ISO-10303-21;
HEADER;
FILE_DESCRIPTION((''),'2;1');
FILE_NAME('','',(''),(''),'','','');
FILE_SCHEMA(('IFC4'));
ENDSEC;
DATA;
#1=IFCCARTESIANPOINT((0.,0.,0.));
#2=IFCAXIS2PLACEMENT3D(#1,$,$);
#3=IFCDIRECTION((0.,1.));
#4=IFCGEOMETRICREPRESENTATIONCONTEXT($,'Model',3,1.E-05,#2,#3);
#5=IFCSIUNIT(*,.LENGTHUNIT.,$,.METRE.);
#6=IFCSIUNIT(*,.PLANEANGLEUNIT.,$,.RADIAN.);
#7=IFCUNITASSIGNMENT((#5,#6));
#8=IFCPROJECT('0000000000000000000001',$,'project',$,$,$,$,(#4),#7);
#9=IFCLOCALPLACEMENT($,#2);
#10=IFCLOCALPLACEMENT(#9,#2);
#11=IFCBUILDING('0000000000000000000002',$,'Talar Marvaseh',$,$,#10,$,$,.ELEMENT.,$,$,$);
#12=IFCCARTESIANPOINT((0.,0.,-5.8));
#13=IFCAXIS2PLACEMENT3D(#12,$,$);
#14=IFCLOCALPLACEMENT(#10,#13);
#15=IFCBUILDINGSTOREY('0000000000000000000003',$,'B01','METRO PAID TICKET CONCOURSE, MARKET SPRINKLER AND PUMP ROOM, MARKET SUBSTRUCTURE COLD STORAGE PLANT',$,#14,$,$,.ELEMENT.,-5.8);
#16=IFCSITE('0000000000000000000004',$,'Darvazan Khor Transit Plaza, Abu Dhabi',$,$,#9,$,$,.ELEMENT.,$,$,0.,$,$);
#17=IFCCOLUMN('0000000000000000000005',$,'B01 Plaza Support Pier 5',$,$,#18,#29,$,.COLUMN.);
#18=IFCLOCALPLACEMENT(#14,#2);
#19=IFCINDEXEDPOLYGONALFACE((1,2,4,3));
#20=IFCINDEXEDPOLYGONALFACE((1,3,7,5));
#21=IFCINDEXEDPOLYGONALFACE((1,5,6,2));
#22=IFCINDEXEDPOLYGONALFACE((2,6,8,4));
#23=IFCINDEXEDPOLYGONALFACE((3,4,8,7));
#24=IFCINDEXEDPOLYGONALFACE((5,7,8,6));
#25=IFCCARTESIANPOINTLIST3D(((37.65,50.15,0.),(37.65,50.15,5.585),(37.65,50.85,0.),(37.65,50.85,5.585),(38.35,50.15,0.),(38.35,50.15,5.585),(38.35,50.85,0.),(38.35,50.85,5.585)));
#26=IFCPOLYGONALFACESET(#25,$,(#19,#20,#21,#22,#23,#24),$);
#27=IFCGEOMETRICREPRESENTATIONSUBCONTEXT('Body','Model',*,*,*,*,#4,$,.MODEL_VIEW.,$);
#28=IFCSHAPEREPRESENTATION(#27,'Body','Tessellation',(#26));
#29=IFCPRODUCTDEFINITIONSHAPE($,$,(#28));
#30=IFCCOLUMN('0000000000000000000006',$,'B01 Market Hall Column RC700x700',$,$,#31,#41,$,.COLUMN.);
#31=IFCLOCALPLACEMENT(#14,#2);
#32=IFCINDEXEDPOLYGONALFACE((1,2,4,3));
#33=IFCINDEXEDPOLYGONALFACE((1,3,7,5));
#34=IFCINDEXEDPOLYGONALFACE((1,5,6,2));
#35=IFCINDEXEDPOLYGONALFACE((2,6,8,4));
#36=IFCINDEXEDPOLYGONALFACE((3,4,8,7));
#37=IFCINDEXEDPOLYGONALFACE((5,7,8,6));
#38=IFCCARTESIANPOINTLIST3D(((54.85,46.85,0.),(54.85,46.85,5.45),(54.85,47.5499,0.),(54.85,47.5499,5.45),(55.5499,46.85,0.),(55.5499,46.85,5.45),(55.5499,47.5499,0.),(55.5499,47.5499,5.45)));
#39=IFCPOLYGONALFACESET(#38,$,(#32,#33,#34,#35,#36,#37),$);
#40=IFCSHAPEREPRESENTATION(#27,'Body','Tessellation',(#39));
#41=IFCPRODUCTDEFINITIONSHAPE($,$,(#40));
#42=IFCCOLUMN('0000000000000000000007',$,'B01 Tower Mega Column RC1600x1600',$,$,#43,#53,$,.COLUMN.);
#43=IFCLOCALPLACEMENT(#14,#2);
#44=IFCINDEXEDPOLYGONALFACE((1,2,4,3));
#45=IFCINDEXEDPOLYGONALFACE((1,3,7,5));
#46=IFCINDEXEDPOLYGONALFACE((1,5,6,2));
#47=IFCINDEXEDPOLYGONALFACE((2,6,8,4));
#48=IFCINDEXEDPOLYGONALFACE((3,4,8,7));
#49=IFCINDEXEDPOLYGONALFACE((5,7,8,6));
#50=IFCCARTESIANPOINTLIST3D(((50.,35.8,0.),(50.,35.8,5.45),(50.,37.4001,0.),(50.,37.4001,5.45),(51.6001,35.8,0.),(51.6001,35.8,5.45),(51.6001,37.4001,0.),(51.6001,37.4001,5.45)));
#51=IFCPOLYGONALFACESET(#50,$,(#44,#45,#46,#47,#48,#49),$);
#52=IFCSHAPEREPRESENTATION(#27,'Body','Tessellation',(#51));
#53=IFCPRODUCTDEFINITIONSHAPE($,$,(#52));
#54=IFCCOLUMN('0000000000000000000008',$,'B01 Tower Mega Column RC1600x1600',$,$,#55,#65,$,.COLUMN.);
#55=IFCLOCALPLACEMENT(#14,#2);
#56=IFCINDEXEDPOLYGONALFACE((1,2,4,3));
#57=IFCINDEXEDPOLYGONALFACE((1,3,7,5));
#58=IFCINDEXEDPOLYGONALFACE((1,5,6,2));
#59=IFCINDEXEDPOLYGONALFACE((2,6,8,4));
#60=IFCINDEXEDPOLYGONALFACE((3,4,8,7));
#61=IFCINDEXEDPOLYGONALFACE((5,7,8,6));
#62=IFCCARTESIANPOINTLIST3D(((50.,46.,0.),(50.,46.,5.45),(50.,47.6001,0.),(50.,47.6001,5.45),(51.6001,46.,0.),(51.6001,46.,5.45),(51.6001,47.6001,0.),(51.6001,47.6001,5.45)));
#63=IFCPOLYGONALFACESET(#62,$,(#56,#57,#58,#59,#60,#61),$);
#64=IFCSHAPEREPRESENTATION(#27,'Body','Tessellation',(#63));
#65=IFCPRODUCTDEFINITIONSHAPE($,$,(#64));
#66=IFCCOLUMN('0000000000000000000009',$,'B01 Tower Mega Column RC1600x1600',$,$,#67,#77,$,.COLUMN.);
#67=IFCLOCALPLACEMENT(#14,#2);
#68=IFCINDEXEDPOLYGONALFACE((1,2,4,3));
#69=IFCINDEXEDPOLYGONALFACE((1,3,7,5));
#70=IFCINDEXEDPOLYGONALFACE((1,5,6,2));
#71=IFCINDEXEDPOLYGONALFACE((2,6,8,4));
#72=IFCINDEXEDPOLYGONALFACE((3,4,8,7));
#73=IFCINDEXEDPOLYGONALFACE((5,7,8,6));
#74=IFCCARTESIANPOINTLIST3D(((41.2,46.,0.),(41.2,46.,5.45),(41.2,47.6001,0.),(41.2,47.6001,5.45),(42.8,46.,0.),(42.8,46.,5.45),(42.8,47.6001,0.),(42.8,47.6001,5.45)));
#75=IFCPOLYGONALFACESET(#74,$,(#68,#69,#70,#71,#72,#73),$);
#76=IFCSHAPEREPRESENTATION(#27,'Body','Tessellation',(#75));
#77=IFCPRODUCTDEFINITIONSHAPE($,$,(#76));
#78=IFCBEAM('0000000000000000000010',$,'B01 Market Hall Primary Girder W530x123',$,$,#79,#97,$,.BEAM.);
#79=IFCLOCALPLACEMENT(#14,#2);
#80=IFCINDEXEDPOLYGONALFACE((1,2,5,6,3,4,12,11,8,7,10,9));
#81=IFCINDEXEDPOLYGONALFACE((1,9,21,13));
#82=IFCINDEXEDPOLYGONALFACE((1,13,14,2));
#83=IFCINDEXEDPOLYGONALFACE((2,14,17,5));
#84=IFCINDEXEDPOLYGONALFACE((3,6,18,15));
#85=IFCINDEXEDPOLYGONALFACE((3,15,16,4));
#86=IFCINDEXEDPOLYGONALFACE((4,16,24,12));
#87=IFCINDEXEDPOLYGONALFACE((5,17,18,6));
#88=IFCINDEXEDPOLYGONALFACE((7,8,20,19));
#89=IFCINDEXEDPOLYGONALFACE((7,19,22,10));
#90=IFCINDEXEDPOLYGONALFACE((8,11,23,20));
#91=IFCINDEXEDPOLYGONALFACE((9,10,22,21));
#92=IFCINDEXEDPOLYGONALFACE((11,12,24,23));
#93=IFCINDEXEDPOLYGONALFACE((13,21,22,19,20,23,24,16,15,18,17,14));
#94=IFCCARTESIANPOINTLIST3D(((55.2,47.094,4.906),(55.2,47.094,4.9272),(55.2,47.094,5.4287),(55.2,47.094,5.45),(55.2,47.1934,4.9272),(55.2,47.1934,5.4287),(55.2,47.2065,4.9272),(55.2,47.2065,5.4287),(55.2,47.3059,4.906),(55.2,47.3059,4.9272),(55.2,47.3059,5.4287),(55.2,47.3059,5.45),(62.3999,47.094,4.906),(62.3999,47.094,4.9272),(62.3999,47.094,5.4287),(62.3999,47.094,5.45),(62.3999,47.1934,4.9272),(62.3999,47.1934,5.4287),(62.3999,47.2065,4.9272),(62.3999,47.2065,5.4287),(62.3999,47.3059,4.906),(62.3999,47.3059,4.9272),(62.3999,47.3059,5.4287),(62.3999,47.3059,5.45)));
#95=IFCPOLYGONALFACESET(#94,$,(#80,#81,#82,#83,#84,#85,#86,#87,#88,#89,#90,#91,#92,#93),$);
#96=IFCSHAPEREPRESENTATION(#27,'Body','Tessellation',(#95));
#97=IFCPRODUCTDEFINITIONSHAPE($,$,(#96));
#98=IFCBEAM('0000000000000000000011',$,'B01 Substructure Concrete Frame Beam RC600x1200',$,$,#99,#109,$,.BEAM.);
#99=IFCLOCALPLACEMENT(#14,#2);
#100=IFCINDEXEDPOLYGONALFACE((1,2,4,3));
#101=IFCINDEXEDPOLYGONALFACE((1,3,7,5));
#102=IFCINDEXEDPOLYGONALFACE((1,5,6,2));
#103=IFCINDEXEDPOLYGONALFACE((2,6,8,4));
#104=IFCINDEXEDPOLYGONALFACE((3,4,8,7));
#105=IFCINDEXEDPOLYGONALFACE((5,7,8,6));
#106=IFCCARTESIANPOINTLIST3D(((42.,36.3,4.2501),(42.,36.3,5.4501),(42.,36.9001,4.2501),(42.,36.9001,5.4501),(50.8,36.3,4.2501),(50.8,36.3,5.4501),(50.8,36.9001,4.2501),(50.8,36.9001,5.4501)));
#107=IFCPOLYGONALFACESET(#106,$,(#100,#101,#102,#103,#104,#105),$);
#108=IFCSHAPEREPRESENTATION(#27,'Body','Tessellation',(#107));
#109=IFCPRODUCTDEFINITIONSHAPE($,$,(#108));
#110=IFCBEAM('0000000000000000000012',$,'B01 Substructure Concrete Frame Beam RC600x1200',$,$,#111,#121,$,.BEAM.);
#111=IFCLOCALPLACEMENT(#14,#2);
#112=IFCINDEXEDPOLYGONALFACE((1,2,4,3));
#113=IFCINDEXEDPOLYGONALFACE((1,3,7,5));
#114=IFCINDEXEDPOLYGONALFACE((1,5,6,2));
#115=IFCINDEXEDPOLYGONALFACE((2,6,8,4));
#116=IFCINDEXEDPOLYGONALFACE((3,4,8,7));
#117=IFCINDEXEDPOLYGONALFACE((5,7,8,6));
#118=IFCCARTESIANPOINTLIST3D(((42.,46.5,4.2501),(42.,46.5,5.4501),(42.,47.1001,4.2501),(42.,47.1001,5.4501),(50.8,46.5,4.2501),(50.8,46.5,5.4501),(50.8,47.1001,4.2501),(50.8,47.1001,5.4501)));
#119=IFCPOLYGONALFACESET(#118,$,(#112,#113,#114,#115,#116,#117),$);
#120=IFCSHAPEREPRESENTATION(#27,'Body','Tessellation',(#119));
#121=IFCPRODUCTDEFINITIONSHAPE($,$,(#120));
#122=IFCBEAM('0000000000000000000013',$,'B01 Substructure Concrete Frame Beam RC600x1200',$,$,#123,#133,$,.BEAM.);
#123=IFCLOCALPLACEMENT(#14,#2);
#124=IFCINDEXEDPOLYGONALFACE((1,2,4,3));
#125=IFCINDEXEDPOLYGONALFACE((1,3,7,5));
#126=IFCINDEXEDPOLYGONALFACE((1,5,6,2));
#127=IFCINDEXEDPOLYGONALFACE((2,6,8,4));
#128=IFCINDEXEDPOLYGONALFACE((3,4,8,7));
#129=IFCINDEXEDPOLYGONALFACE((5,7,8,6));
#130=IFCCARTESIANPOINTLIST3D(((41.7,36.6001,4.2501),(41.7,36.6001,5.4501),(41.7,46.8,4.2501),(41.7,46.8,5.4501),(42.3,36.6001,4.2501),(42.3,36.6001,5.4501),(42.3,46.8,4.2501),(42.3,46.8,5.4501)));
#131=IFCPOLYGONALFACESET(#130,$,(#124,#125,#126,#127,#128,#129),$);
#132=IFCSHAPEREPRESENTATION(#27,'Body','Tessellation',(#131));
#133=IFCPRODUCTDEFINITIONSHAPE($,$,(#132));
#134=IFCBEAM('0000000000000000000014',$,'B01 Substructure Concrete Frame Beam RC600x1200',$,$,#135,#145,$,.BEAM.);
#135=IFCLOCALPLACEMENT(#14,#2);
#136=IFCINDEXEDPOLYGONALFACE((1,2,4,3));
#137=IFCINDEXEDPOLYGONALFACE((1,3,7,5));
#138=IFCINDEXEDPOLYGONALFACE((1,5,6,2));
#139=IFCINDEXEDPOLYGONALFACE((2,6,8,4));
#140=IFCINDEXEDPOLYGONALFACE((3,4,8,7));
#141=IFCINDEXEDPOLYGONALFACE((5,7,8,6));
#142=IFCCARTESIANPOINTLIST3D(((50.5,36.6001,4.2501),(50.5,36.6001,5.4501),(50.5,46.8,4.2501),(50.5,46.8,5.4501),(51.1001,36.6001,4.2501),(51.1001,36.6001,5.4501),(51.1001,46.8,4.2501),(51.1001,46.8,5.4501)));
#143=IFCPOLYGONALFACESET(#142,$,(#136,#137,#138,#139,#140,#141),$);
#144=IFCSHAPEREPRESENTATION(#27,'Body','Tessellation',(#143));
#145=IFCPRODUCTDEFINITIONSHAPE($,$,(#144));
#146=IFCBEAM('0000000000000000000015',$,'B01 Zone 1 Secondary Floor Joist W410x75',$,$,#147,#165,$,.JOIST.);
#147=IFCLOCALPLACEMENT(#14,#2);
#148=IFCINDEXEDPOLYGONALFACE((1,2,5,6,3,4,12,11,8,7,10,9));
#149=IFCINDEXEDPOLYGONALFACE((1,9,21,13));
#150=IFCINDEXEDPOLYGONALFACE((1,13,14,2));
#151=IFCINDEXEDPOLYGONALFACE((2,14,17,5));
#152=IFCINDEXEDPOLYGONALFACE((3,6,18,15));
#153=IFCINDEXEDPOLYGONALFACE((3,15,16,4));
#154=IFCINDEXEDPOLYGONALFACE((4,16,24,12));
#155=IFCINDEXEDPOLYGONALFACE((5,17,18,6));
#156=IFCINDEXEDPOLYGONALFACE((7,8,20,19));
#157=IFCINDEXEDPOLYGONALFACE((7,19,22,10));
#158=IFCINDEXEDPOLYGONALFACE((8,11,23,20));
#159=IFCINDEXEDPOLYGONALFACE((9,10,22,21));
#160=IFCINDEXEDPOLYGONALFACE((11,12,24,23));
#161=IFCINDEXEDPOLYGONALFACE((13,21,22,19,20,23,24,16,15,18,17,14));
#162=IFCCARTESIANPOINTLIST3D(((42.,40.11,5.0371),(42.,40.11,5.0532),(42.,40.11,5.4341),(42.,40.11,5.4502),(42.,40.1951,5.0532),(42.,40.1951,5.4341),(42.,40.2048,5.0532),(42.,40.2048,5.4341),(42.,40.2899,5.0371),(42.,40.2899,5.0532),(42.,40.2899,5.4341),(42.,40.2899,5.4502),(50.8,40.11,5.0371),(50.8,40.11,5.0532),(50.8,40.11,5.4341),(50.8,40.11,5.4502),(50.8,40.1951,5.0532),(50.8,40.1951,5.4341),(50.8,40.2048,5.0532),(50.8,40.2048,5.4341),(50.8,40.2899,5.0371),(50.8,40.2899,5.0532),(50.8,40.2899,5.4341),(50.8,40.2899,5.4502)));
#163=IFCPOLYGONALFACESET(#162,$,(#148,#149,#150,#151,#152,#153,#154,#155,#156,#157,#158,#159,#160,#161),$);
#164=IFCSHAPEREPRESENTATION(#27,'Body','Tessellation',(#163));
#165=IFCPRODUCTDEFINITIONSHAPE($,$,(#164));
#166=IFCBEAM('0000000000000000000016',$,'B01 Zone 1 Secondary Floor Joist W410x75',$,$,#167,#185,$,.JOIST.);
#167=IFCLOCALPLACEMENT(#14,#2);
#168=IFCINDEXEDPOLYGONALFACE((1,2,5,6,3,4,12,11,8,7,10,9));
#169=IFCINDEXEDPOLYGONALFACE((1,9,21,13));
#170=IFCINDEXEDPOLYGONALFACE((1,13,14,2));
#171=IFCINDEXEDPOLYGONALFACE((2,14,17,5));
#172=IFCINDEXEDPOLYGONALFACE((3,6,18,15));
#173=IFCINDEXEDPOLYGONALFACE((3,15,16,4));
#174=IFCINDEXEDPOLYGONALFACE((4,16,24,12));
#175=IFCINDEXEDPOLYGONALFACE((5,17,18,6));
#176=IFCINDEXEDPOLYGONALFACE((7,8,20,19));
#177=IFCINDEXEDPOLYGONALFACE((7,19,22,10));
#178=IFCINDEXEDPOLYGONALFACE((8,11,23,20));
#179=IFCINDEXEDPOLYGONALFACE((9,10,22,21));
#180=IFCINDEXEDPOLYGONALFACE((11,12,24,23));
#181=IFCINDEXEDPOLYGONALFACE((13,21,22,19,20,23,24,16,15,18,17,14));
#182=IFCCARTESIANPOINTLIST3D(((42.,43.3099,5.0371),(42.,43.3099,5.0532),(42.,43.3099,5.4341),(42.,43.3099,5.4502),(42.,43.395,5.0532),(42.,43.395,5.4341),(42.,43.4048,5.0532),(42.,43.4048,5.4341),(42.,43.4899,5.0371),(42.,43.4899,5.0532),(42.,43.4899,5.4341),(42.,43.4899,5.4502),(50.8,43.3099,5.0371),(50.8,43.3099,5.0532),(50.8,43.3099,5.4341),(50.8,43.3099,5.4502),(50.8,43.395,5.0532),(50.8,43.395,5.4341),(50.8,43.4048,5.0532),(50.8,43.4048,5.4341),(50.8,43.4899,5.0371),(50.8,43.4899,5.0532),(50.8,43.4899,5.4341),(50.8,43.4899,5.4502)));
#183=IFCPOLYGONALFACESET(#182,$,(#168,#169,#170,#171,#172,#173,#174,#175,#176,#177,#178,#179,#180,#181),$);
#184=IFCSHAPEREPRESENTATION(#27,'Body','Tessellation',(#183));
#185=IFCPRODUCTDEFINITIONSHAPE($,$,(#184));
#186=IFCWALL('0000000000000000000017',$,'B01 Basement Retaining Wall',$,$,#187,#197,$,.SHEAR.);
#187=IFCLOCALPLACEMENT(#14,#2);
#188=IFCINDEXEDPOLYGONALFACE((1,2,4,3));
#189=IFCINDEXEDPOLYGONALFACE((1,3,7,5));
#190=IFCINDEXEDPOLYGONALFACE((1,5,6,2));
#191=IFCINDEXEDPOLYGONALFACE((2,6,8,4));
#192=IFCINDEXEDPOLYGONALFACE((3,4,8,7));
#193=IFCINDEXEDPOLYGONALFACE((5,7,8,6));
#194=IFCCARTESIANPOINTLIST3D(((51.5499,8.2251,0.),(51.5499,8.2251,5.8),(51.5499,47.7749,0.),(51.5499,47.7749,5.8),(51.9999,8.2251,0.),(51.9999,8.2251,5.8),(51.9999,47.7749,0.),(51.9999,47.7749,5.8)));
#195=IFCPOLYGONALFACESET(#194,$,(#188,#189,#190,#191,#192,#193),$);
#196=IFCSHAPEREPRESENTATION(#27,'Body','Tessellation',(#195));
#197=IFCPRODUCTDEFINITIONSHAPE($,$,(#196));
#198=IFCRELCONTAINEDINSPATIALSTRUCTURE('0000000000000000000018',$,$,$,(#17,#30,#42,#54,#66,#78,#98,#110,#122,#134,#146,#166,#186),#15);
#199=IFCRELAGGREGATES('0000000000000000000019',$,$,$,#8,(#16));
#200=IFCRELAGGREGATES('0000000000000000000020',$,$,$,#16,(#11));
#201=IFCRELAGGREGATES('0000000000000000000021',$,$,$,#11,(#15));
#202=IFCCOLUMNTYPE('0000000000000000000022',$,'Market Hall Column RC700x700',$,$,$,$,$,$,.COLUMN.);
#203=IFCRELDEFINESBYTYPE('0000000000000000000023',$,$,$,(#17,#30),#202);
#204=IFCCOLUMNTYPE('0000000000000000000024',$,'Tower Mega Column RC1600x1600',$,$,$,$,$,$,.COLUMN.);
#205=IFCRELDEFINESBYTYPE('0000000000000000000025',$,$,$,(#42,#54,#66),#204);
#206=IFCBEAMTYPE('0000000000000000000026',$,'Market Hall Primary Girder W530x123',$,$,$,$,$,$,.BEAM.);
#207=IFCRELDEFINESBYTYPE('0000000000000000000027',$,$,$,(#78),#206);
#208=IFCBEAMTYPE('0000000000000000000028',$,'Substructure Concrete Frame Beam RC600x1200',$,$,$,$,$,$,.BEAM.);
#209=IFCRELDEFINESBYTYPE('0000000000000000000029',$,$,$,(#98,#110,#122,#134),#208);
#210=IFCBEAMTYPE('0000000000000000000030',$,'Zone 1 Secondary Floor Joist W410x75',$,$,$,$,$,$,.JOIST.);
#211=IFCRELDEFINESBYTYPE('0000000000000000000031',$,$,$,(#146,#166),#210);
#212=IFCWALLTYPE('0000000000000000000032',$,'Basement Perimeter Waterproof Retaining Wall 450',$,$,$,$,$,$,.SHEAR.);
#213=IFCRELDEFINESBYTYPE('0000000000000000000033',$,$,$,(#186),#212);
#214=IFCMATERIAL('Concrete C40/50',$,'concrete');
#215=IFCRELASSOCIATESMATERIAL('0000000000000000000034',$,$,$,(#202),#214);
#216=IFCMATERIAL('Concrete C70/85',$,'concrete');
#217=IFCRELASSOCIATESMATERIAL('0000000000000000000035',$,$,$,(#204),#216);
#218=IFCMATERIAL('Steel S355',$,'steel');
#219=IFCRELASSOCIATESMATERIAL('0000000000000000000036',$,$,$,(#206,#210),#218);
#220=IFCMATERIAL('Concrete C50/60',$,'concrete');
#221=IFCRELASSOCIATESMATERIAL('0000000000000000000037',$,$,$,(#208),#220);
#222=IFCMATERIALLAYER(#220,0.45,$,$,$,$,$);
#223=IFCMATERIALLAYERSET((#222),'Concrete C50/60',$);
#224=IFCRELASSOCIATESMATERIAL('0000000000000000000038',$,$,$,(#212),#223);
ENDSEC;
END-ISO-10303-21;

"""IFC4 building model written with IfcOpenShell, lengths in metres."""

from ifc_helpers import new_model, si_unit, direction, frame, frame_2d, origin, origin_2d, place, context, subcontext, project, spatial, rectangle, i_section, extrude, material, layer, layer_set, material_profile, profile_set, type_object, element, save


model = new_model("IFC4")

# Units and contexts
model_context = context("Model", 3, precision=1e-05, world=origin(), true_north=direction((0.0, 1.0)))
body_context = subcontext(model_context, "Body", "Model", "MODEL_VIEW")
ifc_project = project(units=[si_unit("LENGTHUNIT", "METRE"), si_unit("PLANEANGLEUNIT", "RADIAN")], contexts=[model_context])

# Site, building, storey
site_placement = place(None, origin())
site = spatial("IfcSite", under=ifc_project, at=site_placement, Name="Darvazan Khor Transit Plaza, Abu Dhabi", CompositionType="ELEMENT", RefElevation=0.0)
building_placement = place(site_placement, origin())
building = spatial("IfcBuilding", under=site, at=building_placement, Name="Talar Marvaseh", CompositionType="ELEMENT")
storey_placement = place(building_placement, frame((0.0, 0.0, -5.8)))
storey = spatial("IfcBuildingStorey", under=building, at=storey_placement, Name="B01", Description="METRO PAID TICKET CONCOURSE, MARKET SPRINKLER AND PUMP ROOM, MARKET SUBSTRUCTURE COLD STORAGE PLANT", CompositionType="ELEMENT", Elevation=-5.8)

# Columns
ifc_material_1 = material(Name="Concrete C40/50", Category="concrete")
ifc_material_profile_1 = material_profile(ifc_material_1, rectangle(XDim=0.7, YDim=0.7, at=origin_2d()), Name="RC700x700")
ifc_profile_set_1 = profile_set([ifc_material_profile_1], Name="Concrete C40/50")
column_type_1 = type_object("IfcColumnType", Name="Market Hall Column RC700x700", PredefinedType="COLUMN", material=ifc_profile_set_1)
column_1_placement = place(storey_placement, frame((38.0, 50.5, 0.0), z_axis=(0.0, 0.0, 1.0), x_axis=(1.0, 0.0, 0.0)))
element("IfcColumn", 1, at=column_1_placement, inside=storey, type_object=column_type_1, Name="B01 Plaza Support Pier 5", PredefinedType="COLUMN", context=body_context, shape_type="SweptSolid", body=[
    extrude(rectangle(XDim=0.7, YDim=0.7, at=origin_2d()), origin(), (0.0, 0.0, 1.0), 5.585),
])
column_2_placement = place(storey_placement, frame((55.2, 47.2, 0.0), z_axis=(0.0, 0.0, 1.0), x_axis=(1.0, 0.0, 0.0)))
element("IfcColumn", 2, at=column_2_placement, inside=storey, type_object=column_type_1, Name="B01 Market Hall Column RC700x700", PredefinedType="COLUMN", context=body_context, shape_type="SweptSolid", body=[
    extrude(rectangle(XDim=0.7, YDim=0.7, at=origin_2d()), origin(), (0.0, 0.0, 1.0), 5.45),
])
ifc_material_2 = material(Name="Concrete C70/85", Category="concrete")
ifc_material_profile_2 = material_profile(ifc_material_2, rectangle(XDim=1.6001, YDim=1.6001, at=origin_2d()), Name="RC1600x1600")
ifc_profile_set_2 = profile_set([ifc_material_profile_2], Name="Concrete C70/85")
column_type_2 = type_object("IfcColumnType", Name="Tower Mega Column RC1600x1600", PredefinedType="COLUMN", material=ifc_profile_set_2)
for number, where, z_axis, x_axis, name in (
    (3, (50.8, 36.6001, 0.0), (0.0, 0.0, 1.0), (1.0, 0.0, 0.0), "B01 Tower Mega Column RC1600x1600"),
    (4, (50.8, 46.8, 0.0), (0.0, 0.0, 1.0), (1.0, 0.0, 0.0), "B01 Tower Mega Column RC1600x1600"),
    (5, (42.0, 46.8, 0.0), (0.0, 0.0, 1.0), (1.0, 0.0, 0.0), "B01 Tower Mega Column RC1600x1600"),
):
    element("IfcColumn", number, at=place(storey_placement, frame(where, z_axis=z_axis, x_axis=x_axis)), inside=storey, type_object=column_type_2, Name=name, PredefinedType="COLUMN", context=body_context, shape_type="SweptSolid", body=[
        extrude(rectangle(XDim=1.6001, YDim=1.6001, at=origin_2d()), origin(), (0.0, 0.0, 1.0), 5.45),
    ])

# Beams
ifc_material_3 = material(Name="Steel S355", Category="steel")
ifc_material_profile_3 = material_profile(ifc_material_3, i_section(OverallWidth=0.2119, OverallDepth=0.5439, WebThickness=0.0132, FlangeThickness=0.0212, at=origin_2d()), Name="W530x123")
ifc_profile_set_3 = profile_set([ifc_material_profile_3], Name="Steel S355")
beam_type_1 = type_object("IfcBeamType", Name="Market Hall Primary Girder W530x123", PredefinedType="BEAM", material=ifc_profile_set_3)
beam_placement = place(storey_placement, frame((55.2, 47.2, 5.178), z_axis=(1.0, 0.0, 0.0), x_axis=(0.0, 1.0, 0.0)))
element("IfcBeam", 6, at=beam_placement, inside=storey, type_object=beam_type_1, Name="B01 Market Hall Primary Girder W530x123", PredefinedType="BEAM", context=body_context, shape_type="SweptSolid", body=[
    extrude(i_section(OverallWidth=0.2119, OverallDepth=0.5439, WebThickness=0.0132, FlangeThickness=0.0212, at=origin_2d()), origin(), (0.0, 0.0, 1.0), 7.2),
])
ifc_material_4 = material(Name="Concrete C50/60", Category="concrete")
ifc_material_profile_4 = material_profile(ifc_material_4, rectangle(XDim=0.6001, YDim=1.2, at=origin_2d()), Name="RC600x1200")
ifc_profile_set_4 = profile_set([ifc_material_profile_4], Name="Concrete C50/60")
beam_type_2 = type_object("IfcBeamType", Name="Substructure Concrete Frame Beam RC600x1200", PredefinedType="BEAM", material=ifc_profile_set_4)
for number, where, z_axis, x_axis, name in (
    (7, (42.0, 36.6001, 4.8501), (1.0, 0.0, 0.0), (0.0, 1.0, 0.0), "B01 Substructure Concrete Frame Beam RC600x1200"),
    (8, (42.0, 46.8, 4.8501), (1.0, 0.0, 0.0), (0.0, 1.0, 0.0), "B01 Substructure Concrete Frame Beam RC600x1200"),
):
    element("IfcBeam", number, at=place(storey_placement, frame(where, z_axis=z_axis, x_axis=x_axis)), inside=storey, type_object=beam_type_2, Name=name, PredefinedType="BEAM", context=body_context, shape_type="SweptSolid", body=[
        extrude(rectangle(XDim=0.6001, YDim=1.2, at=origin_2d()), origin(), (0.0, 0.0, 1.0), 8.8),
    ])
for number, where, z_axis, x_axis, name in (
    (9, (42.0, 36.6001, 4.8501), (0.0, 1.0, 0.0), (-1.0, 0.0, 0.0), "B01 Substructure Concrete Frame Beam RC600x1200"),
    (10, (50.8, 36.6001, 4.8501), (0.0, 1.0, 0.0), (-1.0, 0.0, 0.0), "B01 Substructure Concrete Frame Beam RC600x1200"),
):
    element("IfcBeam", number, at=place(storey_placement, frame(where, z_axis=z_axis, x_axis=x_axis)), inside=storey, type_object=beam_type_2, Name=name, PredefinedType="BEAM", context=body_context, shape_type="SweptSolid", body=[
        extrude(rectangle(XDim=0.6001, YDim=1.2, at=origin_2d()), origin(), (0.0, 0.0, 1.0), 10.2),
    ])
ifc_material_profile_5 = material_profile(ifc_material_3, i_section(OverallWidth=0.1799, OverallDepth=0.4131, WebThickness=0.0098, FlangeThickness=0.0161, at=origin_2d()), Name="W410x75")
ifc_profile_set_5 = profile_set([ifc_material_profile_5], Name="Steel S355")
beam_type_3 = type_object("IfcBeamType", Name="Zone 1 Secondary Floor Joist W410x75", PredefinedType="JOIST", material=ifc_profile_set_5)
for number, where, z_axis, x_axis, name in (
    (11, (42.0, 40.2, 5.2437), (1.0, 0.0, 0.0), (0.0, 1.0, 0.0), "B01 Zone 1 Secondary Floor Joist W410x75"),
    (12, (42.0, 43.3999, 5.2437), (1.0, 0.0, 0.0), (0.0, 1.0, 0.0), "B01 Zone 1 Secondary Floor Joist W410x75"),
):
    element("IfcBeam", number, at=place(storey_placement, frame(where, z_axis=z_axis, x_axis=x_axis)), inside=storey, type_object=beam_type_3, Name=name, PredefinedType="JOIST", context=body_context, shape_type="SweptSolid", body=[
        extrude(i_section(OverallWidth=0.1799, OverallDepth=0.4131, WebThickness=0.0098, FlangeThickness=0.0161, at=origin_2d()), origin(), (0.0, 0.0, 1.0), 8.8),
    ])

# Wall
ifc_layer_1 = layer(ifc_material_4, 0.45)
ifc_layer_set_1 = layer_set([ifc_layer_1], Name="Concrete C50/60")
wall_type_1 = type_object("IfcWallType", Name="Basement Perimeter Waterproof Retaining Wall 450", PredefinedType="SHEAR", material=ifc_layer_set_1)
wall_1_placement = place(storey_placement, frame((51.7749, 47.7749, 0.0), z_axis=(0.0, 0.0, 1.0), x_axis=(0.0, -1.0, 0.0)))
element("IfcWall", 13, at=wall_1_placement, inside=storey, type_object=wall_type_1, Name="B01 Basement Retaining Wall", PredefinedType="SHEAR", context=body_context, shape_type="SweptSolid", body=[
    extrude(rectangle(XDim=39.5498, YDim=0.45, at=frame_2d((19.7749, 0.0))), origin(), (0.0, 0.0, 1.0), 5.8),
])

save(model, "model.ifc")
